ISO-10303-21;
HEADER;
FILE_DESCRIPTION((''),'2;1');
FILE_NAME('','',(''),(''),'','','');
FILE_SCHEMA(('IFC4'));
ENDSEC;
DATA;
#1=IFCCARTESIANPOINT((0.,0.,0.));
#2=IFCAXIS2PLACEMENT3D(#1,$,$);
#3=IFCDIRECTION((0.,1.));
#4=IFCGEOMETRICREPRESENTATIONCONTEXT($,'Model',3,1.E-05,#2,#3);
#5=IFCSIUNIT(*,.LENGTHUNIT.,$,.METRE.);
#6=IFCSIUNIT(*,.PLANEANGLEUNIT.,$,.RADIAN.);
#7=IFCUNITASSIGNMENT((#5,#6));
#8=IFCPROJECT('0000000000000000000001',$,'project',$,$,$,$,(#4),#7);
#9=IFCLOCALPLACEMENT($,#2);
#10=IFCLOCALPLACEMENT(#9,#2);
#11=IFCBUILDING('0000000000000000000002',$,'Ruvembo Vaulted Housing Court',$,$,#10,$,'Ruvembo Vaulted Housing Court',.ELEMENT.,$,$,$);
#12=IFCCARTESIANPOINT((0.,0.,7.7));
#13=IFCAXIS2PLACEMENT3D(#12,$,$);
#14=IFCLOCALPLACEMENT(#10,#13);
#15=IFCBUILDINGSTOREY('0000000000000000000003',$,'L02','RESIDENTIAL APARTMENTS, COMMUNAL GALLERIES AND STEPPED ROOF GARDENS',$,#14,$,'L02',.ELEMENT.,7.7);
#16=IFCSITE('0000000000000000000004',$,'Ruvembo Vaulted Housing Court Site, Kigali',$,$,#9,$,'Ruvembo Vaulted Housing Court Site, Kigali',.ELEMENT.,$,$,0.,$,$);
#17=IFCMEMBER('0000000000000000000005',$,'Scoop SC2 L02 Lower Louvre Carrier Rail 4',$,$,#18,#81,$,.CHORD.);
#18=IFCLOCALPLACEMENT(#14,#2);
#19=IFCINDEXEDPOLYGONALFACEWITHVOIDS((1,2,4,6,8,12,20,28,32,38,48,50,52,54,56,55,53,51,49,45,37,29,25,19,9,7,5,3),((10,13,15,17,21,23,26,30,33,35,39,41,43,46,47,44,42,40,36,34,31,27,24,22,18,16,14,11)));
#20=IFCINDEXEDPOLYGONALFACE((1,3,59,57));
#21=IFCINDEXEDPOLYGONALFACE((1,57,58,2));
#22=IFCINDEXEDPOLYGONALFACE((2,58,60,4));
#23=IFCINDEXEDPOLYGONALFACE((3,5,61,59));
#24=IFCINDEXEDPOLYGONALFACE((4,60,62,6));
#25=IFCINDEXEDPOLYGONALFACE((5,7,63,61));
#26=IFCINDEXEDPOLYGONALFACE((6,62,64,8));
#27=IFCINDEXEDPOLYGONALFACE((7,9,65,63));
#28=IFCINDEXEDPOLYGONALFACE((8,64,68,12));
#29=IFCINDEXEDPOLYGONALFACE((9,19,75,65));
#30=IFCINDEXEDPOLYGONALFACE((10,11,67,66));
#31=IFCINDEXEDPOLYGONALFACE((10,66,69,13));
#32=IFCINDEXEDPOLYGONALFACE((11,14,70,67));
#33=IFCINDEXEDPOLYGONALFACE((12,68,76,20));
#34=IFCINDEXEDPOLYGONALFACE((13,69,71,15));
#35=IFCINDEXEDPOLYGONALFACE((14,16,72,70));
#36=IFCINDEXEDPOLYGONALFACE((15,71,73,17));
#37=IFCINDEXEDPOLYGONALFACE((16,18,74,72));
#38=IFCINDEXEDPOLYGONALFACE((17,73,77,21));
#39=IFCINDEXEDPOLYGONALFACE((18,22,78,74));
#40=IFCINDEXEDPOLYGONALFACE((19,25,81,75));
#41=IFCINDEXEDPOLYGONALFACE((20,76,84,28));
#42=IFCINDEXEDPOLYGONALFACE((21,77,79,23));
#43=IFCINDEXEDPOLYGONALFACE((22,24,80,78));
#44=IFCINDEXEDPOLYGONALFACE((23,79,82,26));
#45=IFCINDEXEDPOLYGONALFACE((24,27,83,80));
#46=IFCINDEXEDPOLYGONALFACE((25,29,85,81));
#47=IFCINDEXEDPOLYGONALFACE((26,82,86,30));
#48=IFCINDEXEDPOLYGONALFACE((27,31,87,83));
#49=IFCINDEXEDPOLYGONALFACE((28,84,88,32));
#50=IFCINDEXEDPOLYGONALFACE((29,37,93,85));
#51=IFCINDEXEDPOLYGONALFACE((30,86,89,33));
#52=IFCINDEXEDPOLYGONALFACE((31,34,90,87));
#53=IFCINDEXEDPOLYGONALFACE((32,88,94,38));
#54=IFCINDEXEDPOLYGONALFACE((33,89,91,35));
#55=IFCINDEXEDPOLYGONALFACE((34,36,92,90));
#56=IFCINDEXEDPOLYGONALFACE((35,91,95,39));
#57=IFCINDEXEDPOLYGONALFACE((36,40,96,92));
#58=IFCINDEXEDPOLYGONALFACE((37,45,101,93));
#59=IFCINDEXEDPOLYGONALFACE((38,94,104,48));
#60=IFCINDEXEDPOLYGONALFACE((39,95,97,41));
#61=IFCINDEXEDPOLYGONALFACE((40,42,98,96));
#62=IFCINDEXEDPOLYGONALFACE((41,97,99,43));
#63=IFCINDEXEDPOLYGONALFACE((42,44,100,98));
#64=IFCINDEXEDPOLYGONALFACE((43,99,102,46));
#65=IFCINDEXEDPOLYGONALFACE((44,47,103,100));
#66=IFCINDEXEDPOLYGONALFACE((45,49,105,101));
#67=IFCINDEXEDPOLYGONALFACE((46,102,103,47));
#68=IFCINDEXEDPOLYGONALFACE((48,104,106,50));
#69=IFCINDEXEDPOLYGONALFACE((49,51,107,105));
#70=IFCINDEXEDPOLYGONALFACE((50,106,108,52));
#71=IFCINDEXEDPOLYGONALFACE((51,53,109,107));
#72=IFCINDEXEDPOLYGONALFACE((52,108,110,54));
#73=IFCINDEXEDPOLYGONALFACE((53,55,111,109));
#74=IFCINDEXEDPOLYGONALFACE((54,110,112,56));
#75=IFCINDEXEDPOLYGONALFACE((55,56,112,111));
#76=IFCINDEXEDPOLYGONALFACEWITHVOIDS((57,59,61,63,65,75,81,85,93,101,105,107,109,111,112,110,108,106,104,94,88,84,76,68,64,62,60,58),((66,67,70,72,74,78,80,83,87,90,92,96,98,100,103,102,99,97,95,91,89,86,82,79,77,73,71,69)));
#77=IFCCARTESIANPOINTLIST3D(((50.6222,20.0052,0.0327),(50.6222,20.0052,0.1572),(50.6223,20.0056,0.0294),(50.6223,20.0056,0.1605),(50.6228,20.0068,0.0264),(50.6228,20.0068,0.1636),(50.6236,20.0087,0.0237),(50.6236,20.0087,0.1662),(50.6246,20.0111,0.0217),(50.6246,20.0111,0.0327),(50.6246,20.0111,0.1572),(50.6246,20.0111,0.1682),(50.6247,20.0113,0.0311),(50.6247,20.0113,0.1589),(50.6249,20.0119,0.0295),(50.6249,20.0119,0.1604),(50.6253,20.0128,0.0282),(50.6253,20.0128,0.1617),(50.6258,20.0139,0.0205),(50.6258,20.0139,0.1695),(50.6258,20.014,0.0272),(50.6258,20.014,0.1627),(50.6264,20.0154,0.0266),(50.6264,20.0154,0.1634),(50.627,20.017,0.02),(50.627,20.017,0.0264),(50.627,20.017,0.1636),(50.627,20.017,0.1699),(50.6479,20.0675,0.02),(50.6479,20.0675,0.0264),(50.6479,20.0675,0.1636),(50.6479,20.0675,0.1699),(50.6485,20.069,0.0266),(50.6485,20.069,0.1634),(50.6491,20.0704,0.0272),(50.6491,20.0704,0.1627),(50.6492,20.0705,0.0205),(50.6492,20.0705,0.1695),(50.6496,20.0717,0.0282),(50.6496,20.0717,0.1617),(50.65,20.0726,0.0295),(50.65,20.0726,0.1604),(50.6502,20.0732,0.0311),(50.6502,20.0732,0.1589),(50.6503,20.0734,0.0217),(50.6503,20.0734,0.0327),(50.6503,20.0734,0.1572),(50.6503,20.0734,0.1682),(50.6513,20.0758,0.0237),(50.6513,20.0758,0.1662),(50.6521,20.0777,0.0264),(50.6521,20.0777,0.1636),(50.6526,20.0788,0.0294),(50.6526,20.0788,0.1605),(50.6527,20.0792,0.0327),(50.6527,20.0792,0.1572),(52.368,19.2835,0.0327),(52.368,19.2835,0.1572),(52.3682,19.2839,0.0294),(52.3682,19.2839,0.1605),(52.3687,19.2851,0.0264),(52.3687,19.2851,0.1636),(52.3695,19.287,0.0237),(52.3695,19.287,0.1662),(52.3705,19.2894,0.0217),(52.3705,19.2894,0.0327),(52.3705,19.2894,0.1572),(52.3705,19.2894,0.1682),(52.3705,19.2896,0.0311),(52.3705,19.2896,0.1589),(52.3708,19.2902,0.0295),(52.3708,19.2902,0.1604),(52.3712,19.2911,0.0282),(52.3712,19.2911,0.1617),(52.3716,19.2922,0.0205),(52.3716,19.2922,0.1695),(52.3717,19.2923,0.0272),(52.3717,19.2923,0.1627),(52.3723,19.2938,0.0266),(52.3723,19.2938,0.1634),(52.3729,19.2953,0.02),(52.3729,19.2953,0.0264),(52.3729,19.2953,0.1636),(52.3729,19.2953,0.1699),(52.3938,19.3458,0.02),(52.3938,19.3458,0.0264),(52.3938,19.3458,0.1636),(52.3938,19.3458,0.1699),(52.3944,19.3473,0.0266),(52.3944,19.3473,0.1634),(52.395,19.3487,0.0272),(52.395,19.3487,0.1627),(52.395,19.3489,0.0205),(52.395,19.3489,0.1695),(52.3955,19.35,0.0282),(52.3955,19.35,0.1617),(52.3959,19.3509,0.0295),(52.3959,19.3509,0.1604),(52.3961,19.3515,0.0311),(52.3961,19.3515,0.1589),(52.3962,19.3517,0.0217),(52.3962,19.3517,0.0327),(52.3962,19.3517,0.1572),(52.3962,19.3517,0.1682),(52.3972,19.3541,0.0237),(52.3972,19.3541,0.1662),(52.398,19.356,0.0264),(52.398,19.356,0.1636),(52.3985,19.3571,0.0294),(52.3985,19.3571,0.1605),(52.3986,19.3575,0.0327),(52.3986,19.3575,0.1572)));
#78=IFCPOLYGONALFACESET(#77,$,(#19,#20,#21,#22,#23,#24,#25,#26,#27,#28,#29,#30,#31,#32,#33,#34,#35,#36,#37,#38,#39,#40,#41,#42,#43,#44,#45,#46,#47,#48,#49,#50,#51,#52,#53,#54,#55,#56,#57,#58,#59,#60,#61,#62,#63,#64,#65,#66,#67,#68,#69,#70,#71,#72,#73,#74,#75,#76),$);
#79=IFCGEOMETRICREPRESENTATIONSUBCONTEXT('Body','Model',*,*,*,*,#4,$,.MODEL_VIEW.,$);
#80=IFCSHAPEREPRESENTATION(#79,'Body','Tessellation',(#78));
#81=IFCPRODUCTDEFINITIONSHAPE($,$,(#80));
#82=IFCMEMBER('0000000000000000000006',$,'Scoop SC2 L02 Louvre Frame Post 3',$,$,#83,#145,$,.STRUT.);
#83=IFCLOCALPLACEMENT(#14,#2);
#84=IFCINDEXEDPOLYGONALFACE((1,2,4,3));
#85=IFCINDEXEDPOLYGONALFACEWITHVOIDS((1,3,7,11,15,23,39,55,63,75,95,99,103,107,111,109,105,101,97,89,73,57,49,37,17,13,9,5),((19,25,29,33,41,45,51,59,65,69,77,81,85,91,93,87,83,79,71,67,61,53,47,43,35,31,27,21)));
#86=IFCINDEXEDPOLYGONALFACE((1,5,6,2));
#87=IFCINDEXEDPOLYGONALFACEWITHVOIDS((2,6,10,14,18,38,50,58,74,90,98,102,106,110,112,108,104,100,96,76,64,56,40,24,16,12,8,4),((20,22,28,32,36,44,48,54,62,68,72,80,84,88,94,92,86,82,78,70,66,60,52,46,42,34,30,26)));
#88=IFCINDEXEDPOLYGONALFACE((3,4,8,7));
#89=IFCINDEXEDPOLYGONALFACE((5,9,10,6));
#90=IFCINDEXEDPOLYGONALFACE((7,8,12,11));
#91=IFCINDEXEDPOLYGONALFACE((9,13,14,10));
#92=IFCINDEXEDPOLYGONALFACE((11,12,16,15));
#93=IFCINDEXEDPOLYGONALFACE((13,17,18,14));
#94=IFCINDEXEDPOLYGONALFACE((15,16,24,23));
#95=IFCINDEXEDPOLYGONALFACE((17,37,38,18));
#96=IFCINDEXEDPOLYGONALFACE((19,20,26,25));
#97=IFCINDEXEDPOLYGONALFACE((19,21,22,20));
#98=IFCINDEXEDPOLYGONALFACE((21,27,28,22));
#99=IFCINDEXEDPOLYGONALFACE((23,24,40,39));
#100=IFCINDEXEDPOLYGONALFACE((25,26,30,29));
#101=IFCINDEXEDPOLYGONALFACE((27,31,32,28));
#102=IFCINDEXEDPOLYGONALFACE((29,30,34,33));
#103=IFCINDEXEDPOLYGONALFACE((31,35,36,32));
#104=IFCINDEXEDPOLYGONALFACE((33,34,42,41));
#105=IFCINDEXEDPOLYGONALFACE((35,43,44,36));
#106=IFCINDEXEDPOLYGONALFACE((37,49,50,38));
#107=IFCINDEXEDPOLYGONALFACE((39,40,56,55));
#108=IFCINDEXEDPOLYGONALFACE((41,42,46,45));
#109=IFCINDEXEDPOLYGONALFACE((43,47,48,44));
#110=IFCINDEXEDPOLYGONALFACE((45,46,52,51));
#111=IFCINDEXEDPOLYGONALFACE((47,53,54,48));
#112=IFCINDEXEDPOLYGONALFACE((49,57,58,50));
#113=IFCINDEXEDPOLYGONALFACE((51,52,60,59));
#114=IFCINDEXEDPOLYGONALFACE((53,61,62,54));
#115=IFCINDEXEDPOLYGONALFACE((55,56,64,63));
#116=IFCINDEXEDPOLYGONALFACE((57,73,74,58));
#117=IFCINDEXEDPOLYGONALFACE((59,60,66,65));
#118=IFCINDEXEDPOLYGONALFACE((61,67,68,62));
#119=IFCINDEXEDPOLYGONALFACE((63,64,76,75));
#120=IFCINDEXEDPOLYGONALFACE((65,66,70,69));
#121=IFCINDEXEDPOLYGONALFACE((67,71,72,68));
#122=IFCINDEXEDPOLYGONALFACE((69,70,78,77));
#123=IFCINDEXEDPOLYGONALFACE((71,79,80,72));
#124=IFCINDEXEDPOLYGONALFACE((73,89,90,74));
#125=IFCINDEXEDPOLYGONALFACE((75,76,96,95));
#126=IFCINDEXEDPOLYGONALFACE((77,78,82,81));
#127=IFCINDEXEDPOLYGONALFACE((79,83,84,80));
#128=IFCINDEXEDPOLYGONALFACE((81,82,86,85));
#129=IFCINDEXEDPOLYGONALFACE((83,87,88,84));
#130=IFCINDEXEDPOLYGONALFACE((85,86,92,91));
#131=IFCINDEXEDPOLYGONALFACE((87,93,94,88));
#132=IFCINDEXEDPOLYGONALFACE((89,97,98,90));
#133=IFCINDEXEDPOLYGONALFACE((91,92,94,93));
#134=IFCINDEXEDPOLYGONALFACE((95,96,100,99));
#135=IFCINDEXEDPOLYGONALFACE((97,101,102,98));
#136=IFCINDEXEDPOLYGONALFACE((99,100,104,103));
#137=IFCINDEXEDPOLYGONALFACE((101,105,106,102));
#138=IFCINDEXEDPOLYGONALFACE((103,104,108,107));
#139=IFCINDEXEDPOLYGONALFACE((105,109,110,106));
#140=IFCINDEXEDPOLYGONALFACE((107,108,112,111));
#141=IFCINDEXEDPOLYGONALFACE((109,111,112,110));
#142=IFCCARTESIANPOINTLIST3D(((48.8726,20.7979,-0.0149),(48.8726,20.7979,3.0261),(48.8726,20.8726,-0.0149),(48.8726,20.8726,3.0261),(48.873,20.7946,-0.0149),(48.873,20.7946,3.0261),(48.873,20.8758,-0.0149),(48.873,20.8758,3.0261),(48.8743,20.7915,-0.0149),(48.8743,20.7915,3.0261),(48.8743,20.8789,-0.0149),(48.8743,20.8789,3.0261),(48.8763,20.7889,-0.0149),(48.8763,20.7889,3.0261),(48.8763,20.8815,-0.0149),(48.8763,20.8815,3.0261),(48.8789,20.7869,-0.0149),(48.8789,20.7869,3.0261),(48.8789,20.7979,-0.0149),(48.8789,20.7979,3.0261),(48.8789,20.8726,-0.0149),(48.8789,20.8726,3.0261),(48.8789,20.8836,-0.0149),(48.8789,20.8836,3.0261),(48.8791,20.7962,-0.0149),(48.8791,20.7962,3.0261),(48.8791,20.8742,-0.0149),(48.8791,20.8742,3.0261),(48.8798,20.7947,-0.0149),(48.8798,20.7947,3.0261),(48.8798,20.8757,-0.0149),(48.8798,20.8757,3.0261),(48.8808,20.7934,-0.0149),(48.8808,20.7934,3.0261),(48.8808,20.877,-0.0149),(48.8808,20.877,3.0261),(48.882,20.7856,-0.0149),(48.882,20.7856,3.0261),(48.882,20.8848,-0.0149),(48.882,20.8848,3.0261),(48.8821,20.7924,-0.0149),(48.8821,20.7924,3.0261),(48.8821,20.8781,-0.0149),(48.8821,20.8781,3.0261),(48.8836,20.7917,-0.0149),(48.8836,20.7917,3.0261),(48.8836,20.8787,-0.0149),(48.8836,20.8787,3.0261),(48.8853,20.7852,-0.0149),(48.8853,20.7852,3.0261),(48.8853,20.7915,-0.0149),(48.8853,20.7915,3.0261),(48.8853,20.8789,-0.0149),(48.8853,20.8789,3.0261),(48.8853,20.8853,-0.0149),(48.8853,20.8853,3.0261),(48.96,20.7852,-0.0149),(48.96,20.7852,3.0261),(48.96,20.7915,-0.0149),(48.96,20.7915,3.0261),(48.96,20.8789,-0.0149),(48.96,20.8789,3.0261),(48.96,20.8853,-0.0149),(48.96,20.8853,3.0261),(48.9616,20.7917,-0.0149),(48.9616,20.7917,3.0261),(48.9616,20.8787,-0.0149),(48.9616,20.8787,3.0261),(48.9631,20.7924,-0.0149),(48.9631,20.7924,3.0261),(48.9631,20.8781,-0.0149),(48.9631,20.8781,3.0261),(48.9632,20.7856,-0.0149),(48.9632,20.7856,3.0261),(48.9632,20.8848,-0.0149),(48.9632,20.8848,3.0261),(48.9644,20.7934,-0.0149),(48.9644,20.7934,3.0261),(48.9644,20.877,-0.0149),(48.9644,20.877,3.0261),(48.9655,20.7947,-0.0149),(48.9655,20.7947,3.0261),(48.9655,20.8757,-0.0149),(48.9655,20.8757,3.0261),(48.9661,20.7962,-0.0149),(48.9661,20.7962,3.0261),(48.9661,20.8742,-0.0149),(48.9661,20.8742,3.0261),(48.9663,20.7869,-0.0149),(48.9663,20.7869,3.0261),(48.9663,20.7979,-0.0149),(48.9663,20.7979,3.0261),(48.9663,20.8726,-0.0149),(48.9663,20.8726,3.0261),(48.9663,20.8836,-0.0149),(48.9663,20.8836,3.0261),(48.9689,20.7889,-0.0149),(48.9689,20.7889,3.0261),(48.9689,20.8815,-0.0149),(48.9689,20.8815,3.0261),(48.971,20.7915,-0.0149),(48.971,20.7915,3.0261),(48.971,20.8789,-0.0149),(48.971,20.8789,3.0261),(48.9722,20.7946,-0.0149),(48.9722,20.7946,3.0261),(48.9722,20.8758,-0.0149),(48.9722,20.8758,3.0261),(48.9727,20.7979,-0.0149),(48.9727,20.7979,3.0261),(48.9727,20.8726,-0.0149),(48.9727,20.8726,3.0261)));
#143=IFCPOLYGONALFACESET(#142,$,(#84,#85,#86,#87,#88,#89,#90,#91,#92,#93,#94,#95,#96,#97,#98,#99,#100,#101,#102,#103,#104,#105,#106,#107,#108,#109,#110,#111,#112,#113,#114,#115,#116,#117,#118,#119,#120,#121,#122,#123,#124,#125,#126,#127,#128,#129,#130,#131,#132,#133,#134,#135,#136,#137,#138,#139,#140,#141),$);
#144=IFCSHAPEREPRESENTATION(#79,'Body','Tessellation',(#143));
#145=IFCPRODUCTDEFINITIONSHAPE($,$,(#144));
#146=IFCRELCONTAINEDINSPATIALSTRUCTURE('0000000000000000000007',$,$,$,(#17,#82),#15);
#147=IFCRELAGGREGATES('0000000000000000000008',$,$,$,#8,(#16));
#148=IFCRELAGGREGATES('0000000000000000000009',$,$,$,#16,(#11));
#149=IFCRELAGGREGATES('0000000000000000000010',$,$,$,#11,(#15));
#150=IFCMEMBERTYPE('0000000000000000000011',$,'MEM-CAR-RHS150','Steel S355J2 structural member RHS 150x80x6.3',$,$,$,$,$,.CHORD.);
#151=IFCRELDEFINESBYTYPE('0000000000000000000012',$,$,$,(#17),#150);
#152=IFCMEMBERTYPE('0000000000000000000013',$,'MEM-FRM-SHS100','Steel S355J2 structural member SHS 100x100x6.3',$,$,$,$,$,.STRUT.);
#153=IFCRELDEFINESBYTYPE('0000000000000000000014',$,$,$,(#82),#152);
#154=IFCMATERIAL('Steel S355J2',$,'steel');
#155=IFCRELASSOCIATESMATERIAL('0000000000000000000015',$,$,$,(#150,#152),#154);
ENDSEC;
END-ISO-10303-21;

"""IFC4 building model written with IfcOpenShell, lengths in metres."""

from ifc_helpers import new_model, si_unit, direction, frame, origin, origin_2d, place, context, subcontext, project, spatial, hollow_rectangle, extrude, material, material_profile, profile_set, type_object, element, save


model = new_model("IFC4")

# Units and contexts
model_context = context("Model", 3, precision=1e-05, world=origin(), true_north=direction((0.0, 1.0)))
body_context = subcontext(model_context, "Body", "Model", "MODEL_VIEW")
ifc_project = project(units=[si_unit("LENGTHUNIT", "METRE"), si_unit("PLANEANGLEUNIT", "RADIAN")], contexts=[model_context])

# Site, building, storey
site_placement = place(None, origin())
site = spatial("IfcSite", under=ifc_project, at=site_placement, Name="Ruvembo Vaulted Housing Court Site, Kigali", LongName="Ruvembo Vaulted Housing Court Site, Kigali", CompositionType="ELEMENT", RefElevation=0.0)
building_placement = place(site_placement, origin())
building = spatial("IfcBuilding", under=site, at=building_placement, Name="Ruvembo Vaulted Housing Court", LongName="Ruvembo Vaulted Housing Court", CompositionType="ELEMENT")
storey_placement = place(building_placement, frame((0.0, 0.0, 7.7)))
storey = spatial("IfcBuildingStorey", under=building, at=storey_placement, Name="L02", Description="RESIDENTIAL APARTMENTS, COMMUNAL GALLERIES AND STEPPED ROOF GARDENS", LongName="L02", CompositionType="ELEMENT", Elevation=7.7)

# Shared definitions
ifc_material_1 = material(Name="Steel S355J2", Category="steel")

# Members
ifc_material_profile_1 = material_profile(ifc_material_1, hollow_rectangle(XDim=0.0801, YDim=0.1499, WallThickness=0.0063, InnerFilletRadius=0.0063, OuterFilletRadius=0.0127, at=origin_2d()), Name="RHS 150x80x6.3")
ifc_profile_set_1 = profile_set([ifc_material_profile_1], Name="Steel S355J2")
member_type_1 = type_object("IfcMemberType", Name="MEM-CAR-RHS150", Description="Steel S355J2 structural member RHS 150x80x6.3", PredefinedType="CHORD", material=ifc_profile_set_1)
member_1_placement = place(storey_placement, frame((50.6375, 20.0422, 0.095), z_axis=(0.924155, -0.382017, 0.0), x_axis=(0.382017, 0.924155, 0.0)))
element("IfcMember", 1, at=member_1_placement, inside=storey, type_object=member_type_1, Name="Scoop SC2 L02 Lower Louvre Carrier Rail 4", PredefinedType="CHORD", context=body_context, shape_type="SweptSolid", body=[
    extrude(hollow_rectangle(XDim=0.0801, YDim=0.1499, WallThickness=0.0063, InnerFilletRadius=0.0063, OuterFilletRadius=0.0127, at=origin_2d()), origin(), (0.0, 0.0, 1.0), 1.8892),
])
ifc_material_profile_2 = material_profile(ifc_material_1, hollow_rectangle(XDim=0.1001, YDim=0.1001, WallThickness=0.0063, InnerFilletRadius=0.0063, OuterFilletRadius=0.0127, at=origin_2d()), Name="SHS 100x100x6.3")
ifc_profile_set_2 = profile_set([ifc_material_profile_2], Name="Steel S355J2")
member_type_2 = type_object("IfcMemberType", Name="MEM-FRM-SHS100", Description="Steel S355J2 structural member SHS 100x100x6.3", PredefinedType="STRUT", material=ifc_profile_set_2)
for number, where, z_axis, x_axis, name in (
    (2, (48.9226, 20.8352, -0.0149), (0.0, 0.0, 1.0), (1.0, 0.0, 0.0), "Scoop SC2 L02 Louvre Frame Post 3"),
):
    element("IfcMember", number, at=place(storey_placement, frame(where, z_axis=z_axis, x_axis=x_axis)), inside=storey, type_object=member_type_2, Name=name, PredefinedType="STRUT", context=body_context, shape_type="SweptSolid", body=[
        extrude(hollow_rectangle(XDim=0.1001, YDim=0.1001, WallThickness=0.0063, InnerFilletRadius=0.0063, OuterFilletRadius=0.0127, at=origin_2d()), origin(), (0.0, 0.0, 1.0), 3.041),
    ])

save(model, "model.ifc")
